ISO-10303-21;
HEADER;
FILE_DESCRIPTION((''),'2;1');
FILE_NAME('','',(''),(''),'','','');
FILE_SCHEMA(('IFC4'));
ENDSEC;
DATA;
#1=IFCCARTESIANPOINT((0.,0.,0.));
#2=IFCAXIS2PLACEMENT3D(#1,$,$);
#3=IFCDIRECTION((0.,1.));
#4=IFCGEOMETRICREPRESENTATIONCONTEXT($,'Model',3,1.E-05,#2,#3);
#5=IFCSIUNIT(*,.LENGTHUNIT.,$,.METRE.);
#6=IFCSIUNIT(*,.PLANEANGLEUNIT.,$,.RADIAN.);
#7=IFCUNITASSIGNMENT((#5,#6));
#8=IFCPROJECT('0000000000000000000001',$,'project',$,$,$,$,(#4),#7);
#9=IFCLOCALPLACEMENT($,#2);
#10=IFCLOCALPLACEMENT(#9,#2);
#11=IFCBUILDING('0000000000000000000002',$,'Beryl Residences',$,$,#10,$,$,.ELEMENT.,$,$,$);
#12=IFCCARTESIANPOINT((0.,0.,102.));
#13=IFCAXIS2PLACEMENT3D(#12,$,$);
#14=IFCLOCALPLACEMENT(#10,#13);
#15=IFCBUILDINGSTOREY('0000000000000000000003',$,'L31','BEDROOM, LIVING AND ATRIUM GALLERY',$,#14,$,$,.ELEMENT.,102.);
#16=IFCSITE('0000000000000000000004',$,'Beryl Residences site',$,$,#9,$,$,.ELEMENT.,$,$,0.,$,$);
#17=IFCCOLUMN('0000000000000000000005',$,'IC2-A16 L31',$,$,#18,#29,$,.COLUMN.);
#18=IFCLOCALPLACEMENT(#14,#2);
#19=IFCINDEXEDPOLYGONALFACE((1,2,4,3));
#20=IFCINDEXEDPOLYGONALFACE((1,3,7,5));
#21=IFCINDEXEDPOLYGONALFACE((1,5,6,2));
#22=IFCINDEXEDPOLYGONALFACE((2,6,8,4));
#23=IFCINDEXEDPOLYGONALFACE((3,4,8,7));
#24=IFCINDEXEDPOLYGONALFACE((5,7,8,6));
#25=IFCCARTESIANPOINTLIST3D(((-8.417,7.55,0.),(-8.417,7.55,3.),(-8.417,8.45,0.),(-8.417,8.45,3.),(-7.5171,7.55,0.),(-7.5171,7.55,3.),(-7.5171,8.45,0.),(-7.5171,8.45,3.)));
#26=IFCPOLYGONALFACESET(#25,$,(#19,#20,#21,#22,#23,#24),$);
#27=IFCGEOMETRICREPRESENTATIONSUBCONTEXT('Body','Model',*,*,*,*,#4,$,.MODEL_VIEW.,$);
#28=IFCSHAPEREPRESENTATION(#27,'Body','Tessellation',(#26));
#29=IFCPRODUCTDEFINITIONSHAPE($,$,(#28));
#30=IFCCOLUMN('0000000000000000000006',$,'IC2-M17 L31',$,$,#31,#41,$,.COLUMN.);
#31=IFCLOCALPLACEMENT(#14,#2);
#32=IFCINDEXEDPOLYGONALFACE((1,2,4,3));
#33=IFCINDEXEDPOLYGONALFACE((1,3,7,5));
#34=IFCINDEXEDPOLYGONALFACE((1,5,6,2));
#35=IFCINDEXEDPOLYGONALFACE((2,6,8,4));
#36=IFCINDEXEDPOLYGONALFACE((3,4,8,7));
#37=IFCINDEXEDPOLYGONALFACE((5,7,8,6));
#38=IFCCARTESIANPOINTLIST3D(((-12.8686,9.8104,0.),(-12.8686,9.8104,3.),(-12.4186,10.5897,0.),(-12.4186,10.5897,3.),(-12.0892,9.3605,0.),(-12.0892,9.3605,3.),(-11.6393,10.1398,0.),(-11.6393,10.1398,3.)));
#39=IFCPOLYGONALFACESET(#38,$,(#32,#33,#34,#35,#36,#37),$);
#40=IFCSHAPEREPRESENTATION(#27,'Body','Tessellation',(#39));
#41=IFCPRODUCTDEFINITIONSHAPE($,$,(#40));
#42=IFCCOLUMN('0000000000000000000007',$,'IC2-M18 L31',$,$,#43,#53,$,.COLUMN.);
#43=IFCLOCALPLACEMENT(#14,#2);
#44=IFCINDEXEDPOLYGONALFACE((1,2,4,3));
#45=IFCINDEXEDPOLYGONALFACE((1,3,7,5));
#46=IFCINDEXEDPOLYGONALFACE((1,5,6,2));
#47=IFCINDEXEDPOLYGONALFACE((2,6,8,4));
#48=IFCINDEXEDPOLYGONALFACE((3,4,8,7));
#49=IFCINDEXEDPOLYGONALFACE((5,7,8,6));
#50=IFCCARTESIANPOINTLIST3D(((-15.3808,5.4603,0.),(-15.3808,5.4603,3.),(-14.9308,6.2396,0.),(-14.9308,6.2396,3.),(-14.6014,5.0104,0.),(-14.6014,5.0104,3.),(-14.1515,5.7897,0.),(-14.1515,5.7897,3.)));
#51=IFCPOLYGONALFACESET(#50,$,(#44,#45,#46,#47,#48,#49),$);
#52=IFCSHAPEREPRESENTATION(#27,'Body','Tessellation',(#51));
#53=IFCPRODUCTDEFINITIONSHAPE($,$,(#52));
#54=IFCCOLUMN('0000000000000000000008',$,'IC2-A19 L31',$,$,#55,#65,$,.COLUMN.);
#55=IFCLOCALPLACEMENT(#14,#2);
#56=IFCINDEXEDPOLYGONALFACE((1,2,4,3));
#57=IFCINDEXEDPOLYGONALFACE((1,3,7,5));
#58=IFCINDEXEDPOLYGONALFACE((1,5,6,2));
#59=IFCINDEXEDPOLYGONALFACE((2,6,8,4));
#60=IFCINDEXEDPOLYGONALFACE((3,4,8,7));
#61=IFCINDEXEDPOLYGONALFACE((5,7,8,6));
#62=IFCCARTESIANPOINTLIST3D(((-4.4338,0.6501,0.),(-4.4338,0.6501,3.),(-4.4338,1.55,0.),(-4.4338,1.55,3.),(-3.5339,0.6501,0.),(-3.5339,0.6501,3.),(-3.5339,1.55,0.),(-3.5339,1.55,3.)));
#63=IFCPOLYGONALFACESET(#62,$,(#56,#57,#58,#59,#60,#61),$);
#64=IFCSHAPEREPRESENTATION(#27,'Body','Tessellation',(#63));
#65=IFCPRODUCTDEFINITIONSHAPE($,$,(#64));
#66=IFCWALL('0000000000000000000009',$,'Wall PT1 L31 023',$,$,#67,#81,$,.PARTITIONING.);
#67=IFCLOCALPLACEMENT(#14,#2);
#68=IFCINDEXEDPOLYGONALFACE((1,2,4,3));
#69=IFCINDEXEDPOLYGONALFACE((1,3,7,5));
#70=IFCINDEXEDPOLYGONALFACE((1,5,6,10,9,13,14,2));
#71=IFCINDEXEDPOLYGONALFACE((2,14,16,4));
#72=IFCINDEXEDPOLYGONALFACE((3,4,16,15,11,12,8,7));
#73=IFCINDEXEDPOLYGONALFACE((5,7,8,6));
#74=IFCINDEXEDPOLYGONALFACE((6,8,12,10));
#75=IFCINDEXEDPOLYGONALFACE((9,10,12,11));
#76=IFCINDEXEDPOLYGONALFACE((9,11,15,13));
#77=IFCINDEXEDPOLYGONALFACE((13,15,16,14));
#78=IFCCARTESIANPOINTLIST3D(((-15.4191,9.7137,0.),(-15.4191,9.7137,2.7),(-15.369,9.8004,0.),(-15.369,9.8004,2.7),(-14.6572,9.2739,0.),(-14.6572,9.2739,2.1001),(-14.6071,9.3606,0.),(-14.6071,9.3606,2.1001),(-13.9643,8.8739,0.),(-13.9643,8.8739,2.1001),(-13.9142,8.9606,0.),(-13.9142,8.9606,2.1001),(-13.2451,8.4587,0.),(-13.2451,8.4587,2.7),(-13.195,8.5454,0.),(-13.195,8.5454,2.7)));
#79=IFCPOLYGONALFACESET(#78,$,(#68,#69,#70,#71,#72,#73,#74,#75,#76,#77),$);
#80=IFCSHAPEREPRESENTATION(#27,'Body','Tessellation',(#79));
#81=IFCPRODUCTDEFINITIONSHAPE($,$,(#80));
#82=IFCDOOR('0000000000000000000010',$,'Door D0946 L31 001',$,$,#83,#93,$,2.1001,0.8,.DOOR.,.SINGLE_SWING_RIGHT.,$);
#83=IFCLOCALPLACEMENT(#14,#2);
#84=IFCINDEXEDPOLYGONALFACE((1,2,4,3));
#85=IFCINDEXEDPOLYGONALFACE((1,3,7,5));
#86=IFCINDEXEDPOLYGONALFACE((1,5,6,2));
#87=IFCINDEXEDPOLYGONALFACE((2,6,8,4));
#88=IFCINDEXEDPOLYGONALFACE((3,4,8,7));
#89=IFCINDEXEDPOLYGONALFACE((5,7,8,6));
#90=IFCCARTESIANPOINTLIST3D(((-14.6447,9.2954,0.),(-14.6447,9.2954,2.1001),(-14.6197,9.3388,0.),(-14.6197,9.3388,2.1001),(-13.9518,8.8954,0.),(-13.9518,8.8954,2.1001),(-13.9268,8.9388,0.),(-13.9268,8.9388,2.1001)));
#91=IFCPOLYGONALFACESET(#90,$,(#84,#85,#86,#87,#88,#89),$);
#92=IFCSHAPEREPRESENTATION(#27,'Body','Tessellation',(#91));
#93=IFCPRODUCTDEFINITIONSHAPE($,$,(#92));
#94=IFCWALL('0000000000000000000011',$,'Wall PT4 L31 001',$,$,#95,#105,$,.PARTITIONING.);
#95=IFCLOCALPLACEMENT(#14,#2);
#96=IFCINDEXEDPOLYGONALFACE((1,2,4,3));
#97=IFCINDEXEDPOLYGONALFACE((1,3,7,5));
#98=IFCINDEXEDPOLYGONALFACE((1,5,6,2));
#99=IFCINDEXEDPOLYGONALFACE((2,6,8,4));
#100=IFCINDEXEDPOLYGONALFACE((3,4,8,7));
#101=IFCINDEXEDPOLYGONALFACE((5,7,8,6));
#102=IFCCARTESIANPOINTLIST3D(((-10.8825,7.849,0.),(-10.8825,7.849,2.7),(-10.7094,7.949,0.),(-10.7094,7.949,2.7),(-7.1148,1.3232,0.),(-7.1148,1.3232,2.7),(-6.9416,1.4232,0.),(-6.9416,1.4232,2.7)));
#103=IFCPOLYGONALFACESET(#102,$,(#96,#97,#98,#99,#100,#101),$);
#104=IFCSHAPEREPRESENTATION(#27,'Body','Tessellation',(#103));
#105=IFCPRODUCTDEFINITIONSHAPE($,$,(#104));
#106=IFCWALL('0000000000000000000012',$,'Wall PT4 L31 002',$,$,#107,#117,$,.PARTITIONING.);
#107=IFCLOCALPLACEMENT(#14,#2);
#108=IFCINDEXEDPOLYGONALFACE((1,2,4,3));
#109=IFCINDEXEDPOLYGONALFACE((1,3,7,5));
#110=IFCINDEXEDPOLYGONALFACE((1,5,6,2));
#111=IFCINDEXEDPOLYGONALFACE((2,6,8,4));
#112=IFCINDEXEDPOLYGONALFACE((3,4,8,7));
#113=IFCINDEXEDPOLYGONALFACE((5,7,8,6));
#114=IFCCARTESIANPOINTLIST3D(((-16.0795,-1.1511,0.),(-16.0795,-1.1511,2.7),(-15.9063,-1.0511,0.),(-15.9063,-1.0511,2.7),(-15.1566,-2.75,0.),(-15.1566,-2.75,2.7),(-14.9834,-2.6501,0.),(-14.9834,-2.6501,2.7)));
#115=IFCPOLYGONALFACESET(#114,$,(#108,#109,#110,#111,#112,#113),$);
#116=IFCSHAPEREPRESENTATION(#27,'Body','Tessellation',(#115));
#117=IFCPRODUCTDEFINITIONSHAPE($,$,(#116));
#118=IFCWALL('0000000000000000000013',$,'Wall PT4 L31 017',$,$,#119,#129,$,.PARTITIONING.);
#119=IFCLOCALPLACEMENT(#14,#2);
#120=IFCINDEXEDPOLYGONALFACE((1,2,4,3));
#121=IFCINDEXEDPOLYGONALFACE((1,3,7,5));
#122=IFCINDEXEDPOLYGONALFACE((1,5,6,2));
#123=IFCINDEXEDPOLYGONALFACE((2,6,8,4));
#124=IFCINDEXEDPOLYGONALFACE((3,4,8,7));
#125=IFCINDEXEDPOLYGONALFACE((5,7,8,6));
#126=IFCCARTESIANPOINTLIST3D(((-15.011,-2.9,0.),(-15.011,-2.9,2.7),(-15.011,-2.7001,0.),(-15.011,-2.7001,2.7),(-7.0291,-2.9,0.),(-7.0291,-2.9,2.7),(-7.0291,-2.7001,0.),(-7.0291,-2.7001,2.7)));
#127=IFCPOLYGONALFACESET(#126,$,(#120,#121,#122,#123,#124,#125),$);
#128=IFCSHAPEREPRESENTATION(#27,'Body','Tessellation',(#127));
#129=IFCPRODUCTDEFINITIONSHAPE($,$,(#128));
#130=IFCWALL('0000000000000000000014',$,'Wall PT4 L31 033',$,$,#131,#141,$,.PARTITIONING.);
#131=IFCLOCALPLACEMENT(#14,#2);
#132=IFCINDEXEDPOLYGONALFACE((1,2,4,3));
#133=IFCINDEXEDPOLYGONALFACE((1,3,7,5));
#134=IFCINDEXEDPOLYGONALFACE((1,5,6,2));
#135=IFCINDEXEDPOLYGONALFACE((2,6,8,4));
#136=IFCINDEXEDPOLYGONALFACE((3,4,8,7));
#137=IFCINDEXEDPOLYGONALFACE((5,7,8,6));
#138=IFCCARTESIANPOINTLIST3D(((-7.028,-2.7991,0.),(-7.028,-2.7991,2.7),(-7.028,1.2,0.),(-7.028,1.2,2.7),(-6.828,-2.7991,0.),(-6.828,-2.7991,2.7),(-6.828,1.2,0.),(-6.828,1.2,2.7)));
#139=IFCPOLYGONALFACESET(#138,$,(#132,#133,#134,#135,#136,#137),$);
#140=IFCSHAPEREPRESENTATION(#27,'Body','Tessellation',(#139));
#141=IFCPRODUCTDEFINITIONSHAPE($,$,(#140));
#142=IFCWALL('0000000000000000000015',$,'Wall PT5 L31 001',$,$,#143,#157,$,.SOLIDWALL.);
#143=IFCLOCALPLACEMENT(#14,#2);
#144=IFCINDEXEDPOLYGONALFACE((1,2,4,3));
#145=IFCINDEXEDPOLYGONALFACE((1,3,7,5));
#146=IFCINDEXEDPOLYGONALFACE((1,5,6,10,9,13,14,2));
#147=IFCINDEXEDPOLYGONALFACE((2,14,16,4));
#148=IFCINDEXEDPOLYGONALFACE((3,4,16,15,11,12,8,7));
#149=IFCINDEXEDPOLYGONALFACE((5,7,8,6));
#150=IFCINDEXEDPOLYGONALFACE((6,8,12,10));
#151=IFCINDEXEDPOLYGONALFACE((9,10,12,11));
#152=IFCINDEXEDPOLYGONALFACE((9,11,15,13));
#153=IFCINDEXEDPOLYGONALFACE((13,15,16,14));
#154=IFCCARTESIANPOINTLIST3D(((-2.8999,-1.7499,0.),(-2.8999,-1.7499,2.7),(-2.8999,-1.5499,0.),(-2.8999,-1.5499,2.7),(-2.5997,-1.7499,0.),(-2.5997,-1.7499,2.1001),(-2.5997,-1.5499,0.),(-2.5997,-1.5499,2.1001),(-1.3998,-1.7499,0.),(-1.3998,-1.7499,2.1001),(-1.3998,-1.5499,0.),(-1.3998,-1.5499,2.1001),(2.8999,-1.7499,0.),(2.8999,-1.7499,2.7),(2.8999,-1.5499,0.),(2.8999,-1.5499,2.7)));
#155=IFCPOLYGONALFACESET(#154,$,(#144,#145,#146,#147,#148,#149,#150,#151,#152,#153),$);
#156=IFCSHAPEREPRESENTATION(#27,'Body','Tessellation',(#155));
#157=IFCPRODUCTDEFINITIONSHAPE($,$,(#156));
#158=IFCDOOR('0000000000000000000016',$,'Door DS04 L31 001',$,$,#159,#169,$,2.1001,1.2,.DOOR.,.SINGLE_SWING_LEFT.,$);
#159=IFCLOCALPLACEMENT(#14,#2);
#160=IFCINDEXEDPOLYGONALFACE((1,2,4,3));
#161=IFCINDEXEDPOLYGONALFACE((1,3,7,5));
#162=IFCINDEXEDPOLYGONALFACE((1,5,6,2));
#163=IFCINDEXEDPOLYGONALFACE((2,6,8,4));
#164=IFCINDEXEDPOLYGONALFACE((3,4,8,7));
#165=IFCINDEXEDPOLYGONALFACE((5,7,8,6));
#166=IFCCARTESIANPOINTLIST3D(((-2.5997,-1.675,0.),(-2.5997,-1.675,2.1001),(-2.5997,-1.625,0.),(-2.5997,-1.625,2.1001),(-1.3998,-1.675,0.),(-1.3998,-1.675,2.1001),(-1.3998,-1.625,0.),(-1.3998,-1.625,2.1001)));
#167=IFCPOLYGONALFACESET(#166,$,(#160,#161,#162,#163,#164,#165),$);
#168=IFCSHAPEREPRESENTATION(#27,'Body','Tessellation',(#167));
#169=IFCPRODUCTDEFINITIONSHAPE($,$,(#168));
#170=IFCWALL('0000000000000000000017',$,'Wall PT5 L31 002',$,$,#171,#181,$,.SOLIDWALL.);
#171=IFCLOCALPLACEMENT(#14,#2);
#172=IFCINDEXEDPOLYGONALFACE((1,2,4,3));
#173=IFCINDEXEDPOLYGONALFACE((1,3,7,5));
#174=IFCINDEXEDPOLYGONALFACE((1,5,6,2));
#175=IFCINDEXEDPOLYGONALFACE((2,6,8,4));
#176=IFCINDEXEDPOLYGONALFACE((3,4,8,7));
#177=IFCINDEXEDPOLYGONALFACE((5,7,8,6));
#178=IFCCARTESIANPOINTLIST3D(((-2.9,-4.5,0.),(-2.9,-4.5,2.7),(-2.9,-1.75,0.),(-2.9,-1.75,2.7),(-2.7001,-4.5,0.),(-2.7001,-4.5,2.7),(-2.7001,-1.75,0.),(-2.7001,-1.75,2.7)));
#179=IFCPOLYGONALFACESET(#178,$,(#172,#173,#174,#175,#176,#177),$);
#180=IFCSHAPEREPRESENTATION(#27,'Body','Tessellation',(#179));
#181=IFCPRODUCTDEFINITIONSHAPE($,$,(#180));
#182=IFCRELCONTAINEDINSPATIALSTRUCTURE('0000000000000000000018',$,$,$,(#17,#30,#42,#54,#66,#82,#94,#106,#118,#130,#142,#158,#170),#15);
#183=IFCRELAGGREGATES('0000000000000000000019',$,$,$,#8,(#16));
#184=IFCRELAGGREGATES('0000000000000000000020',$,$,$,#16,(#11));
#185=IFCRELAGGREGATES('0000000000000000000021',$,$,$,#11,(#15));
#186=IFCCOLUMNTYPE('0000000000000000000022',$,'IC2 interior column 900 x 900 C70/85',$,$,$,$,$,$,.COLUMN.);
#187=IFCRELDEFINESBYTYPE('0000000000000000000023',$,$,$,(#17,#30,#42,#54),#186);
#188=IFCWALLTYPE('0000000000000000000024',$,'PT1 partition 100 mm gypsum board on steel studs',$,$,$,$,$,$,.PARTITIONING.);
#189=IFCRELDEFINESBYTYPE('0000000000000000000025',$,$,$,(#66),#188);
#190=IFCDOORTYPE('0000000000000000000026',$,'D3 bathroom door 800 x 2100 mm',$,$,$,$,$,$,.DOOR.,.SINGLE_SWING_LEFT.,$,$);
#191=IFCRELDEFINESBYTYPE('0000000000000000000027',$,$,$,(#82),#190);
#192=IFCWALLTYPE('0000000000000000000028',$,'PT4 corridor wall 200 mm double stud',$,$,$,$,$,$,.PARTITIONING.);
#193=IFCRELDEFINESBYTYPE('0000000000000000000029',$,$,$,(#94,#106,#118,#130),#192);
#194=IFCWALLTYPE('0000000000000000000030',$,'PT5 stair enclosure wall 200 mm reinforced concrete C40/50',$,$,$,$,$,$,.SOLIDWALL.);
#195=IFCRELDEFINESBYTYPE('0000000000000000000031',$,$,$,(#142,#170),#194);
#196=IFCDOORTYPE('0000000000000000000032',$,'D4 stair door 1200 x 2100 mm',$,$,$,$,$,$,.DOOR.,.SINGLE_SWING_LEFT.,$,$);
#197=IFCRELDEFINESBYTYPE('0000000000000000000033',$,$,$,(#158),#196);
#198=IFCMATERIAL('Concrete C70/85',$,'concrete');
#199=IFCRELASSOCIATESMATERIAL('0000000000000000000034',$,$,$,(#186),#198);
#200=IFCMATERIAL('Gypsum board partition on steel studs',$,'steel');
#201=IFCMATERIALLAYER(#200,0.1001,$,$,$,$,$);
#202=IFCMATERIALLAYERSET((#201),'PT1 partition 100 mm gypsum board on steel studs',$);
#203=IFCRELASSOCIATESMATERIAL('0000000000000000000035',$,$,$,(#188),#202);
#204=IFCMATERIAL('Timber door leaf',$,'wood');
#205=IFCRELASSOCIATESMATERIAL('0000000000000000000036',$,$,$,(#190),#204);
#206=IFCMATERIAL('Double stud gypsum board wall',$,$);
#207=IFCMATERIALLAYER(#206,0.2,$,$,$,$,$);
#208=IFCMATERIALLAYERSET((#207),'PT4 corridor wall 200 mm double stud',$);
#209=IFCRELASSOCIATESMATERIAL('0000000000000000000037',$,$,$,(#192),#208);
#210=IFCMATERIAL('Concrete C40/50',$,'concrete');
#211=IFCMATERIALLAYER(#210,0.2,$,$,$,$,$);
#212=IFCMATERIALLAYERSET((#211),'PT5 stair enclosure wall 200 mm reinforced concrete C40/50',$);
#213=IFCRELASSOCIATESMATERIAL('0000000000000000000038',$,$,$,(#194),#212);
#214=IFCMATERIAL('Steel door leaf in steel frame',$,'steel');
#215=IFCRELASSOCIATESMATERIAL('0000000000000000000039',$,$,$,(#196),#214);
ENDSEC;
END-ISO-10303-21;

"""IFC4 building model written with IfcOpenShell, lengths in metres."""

from ifc_helpers import new_model, si_unit, direction, frame, frame_2d, origin, origin_2d, place, context, subcontext, project, spatial, rectangle, extrude, material, layer, layer_set, material_profile, profile_set, type_object, element, fill, save


model = new_model("IFC4")

# Units and contexts
model_context = context("Model", 3, precision=1e-05, world=origin(), true_north=direction((0.0, 1.0)))
body_context = subcontext(model_context, "Body", "Model", "MODEL_VIEW")
ifc_project = project(units=[si_unit("LENGTHUNIT", "METRE"), si_unit("PLANEANGLEUNIT", "RADIAN")], contexts=[model_context])

# Site, building, storey
site_placement = place(None, origin())
site = spatial("IfcSite", under=ifc_project, at=site_placement, Name="Beryl Residences site", CompositionType="ELEMENT", RefElevation=0.0)
building_placement = place(site_placement, origin())
building = spatial("IfcBuilding", under=site, at=building_placement, Name="Beryl Residences", CompositionType="ELEMENT")
storey_placement = place(building_placement, frame((0.0, 0.0, 102.0)))
storey = spatial("IfcBuildingStorey", under=building, at=storey_placement, Name="L31", Description="BEDROOM, LIVING AND ATRIUM GALLERY", CompositionType="ELEMENT", Elevation=102.0)

# Columns
ifc_material_1 = material(Name="Concrete C70/85", Category="concrete")
ifc_material_profile = material_profile(ifc_material_1, rectangle(XDim=0.8999, YDim=0.8999, at=origin_2d()))
ifc_profile_set = profile_set([ifc_material_profile], Name="Concrete C70/85")
column_type = type_object("IfcColumnType", Name="IC2 interior column 900 x 900 C70/85", PredefinedType="COLUMN", material=ifc_profile_set)
for number, where, z_axis, x_axis, name in (
    (1, (-7.967, 8.0, 0.0), (0.0, 0.0, 1.0), (1.0, 0.0, 0.0), "IC2-A16 L31"),
    (2, (-12.2539, 9.9751, 0.0), (0.0, 0.0, 1.0), (-0.5, -0.866025, 0.0), "IC2-M17 L31"),
    (3, (-14.7661, 5.625, 0.0), (0.0, 0.0, 1.0), (-0.5, -0.866025, 0.0), "IC2-M18 L31"),
    (4, (-3.9839, 1.1001, 0.0), (0.0, 0.0, 1.0), (1.0, 0.0, 0.0), "IC2-A19 L31"),
):
    element("IfcColumn", number, at=place(storey_placement, frame(where, z_axis=z_axis, x_axis=x_axis)), inside=storey, type_object=column_type, Name=name, PredefinedType="COLUMN", context=body_context, shape_type="SweptSolid", body=[
        extrude(rectangle(XDim=0.8999, YDim=0.8999, at=origin_2d()), origin(), (0.0, 0.0, 1.0), 3.0),
    ])

# Wall, opening, door
ifc_material_2 = material(Name="Gypsum board partition on steel studs", Category="steel")
ifc_layer_1 = layer(ifc_material_2, 0.1001)
ifc_layer_set_1 = layer_set([ifc_layer_1], Name="PT1 partition 100 mm gypsum board on steel studs")
wall_type_1 = type_object("IfcWallType", Name="PT1 partition 100 mm gypsum board on steel studs", PredefinedType="PARTITIONING", material=ifc_layer_set_1)
wall_1_placement = place(storey_placement, frame((-15.394, 9.7571, 0.0), z_axis=(0.0, 0.0, 1.0), x_axis=(0.866038, -0.499978, 0.0)))
wall_1 = element("IfcWall", 5, at=wall_1_placement, inside=storey, type_object=wall_type_1, Name="Wall PT1 L31 023", PredefinedType="PARTITIONING", context=body_context, shape_type="SweptSolid", body=[
    extrude(rectangle(XDim=2.5103, YDim=0.1001, at=frame_2d((1.2551, 0.0))), origin(), (0.0, 0.0, 1.0), 2.7),
])
opening_1_placement = place(wall_1_placement, frame((0.8799, 0.0, 0.0)))
opening_1 = element("IfcOpeningElement", 6, at=opening_1_placement, cuts=wall_1, PredefinedType="OPENING", context=body_context, shape_type="SweptSolid", body=[
    extrude(rectangle(XDim=0.8, YDim=2.1001, at=frame_2d((0.3999, 1.05))), frame((0.0, 0.0601, 0.0), z_axis=(0.0, -1.0, 0.0), x_axis=(1.0, 0.0, 0.0)), (0.0, 0.0, 1.0), 0.1201),
])
ifc_material_3 = material(Name="Timber door leaf", Category="wood")
door_type_1 = type_object("IfcDoorType", Name="D3 bathroom door 800 x 2100 mm", OperationType="SINGLE_SWING_LEFT", PredefinedType="DOOR", material=ifc_material_3)
door_1_placement = place(opening_1_placement, origin())
door_1 = element("IfcDoor", 7, at=door_1_placement, inside=storey, type_object=door_type_1, Name="Door D0946 L31 001", OperationType="SINGLE_SWING_RIGHT", OverallHeight=2.1001, OverallWidth=0.8, PredefinedType="DOOR", context=body_context, shape_type="SweptSolid", body=[
    extrude(rectangle(XDim=0.8, YDim=2.1001, at=frame_2d((0.3999, 1.05))), frame((0.0, 0.0249, 0.0), z_axis=(0.0, -1.0, 0.0), x_axis=(1.0, 0.0, 0.0)), (0.0, 0.0, 1.0), 0.05),
])
fill(opening_1, door_1)

# Walls
ifc_material_4 = material(Name="Double stud gypsum board wall")
ifc_layer_2 = layer(ifc_material_4, 0.2)
ifc_layer_set_2 = layer_set([ifc_layer_2], Name="PT4 corridor wall 200 mm double stud")
wall_type_2 = type_object("IfcWallType", Name="PT4 corridor wall 200 mm double stud", PredefinedType="PARTITIONING", material=ifc_layer_set_2)
wall_2_placement = place(storey_placement, frame((-10.7959, 7.8989, 0.0), z_axis=(0.0, 0.0, 1.0), x_axis=(0.50001, -0.866019, 0.0)))
element("IfcWall", 8, at=wall_2_placement, inside=storey, type_object=wall_type_2, Name="Wall PT4 L31 001", PredefinedType="PARTITIONING", context=body_context, shape_type="SweptSolid", body=[
    extrude(rectangle(XDim=7.5354, YDim=0.2, at=frame_2d((3.7676, 0.0))), origin(), (0.0, 0.0, 1.0), 2.7),
])
wall_3_placement = place(storey_placement, frame((-15.9929, -1.1011, 0.0), z_axis=(0.0, 0.0, 1.0), x_axis=(0.499894, -0.866086, 0.0)))
element("IfcWall", 9, at=wall_3_placement, inside=storey, type_object=wall_type_2, Name="Wall PT4 L31 002", PredefinedType="PARTITIONING", context=body_context, shape_type="SweptSolid", body=[
    extrude(rectangle(XDim=1.8462, YDim=0.2, at=frame_2d((0.9231, 0.0))), origin(), (0.0, 0.0, 1.0), 2.7),
])
wall_4_placement = place(storey_placement, frame((-15.011, -2.8, 0.0), z_axis=(0.0, 0.0, 1.0), x_axis=(1.0, 0.0, 0.0)))
element("IfcWall", 10, at=wall_4_placement, inside=storey, type_object=wall_type_2, Name="Wall PT4 L31 017", PredefinedType="PARTITIONING", context=body_context, shape_type="SweptSolid", body=[
    extrude(rectangle(XDim=7.9819, YDim=0.2, at=frame_2d((3.991, 0.0))), origin(), (0.0, 0.0, 1.0), 2.7),
])
wall_5_placement = place(storey_placement, frame((-6.928, -2.7991, 0.0), z_axis=(0.0, 0.0, 1.0), x_axis=(0.0, 1.0, 0.0)))
element("IfcWall", 11, at=wall_5_placement, inside=storey, type_object=wall_type_2, Name="Wall PT4 L31 033", PredefinedType="PARTITIONING", context=body_context, shape_type="SweptSolid", body=[
    extrude(rectangle(XDim=3.999, YDim=0.2, at=frame_2d((1.9995, 0.0))), origin(), (0.0, 0.0, 1.0), 2.7),
])

# Wall, opening, door
ifc_material_5 = material(Name="Concrete C40/50", Category="concrete")
ifc_layer_3 = layer(ifc_material_5, 0.2)
ifc_layer_set_3 = layer_set([ifc_layer_3], Name="PT5 stair enclosure wall 200 mm reinforced concrete C40/50")
wall_type_3 = type_object("IfcWallType", Name="PT5 stair enclosure wall 200 mm reinforced concrete C40/50", PredefinedType="SOLIDWALL", material=ifc_layer_set_3)
wall_6_placement = place(storey_placement, frame((-2.8999, -1.6499, 0.0), z_axis=(0.0, 0.0, 1.0), x_axis=(1.0, 0.0, 0.0)))
wall_6 = element("IfcWall", 12, at=wall_6_placement, inside=storey, type_object=wall_type_3, Name="Wall PT5 L31 001", PredefinedType="SOLIDWALL", context=body_context, shape_type="SweptSolid", body=[
    extrude(rectangle(XDim=5.7998, YDim=0.2, at=frame_2d((2.8999, 0.0))), origin(), (0.0, 0.0, 1.0), 2.7),
])
opening_2_placement = place(wall_6_placement, frame((0.3, 0.0, 0.0)))
opening_2 = element("IfcOpeningElement", 13, at=opening_2_placement, cuts=wall_6, PredefinedType="OPENING", context=body_context, shape_type="SweptSolid", body=[
    extrude(rectangle(XDim=1.2, YDim=2.1001, at=frame_2d((0.6001, 1.05))), frame((0.0, 0.1099, 0.0), z_axis=(0.0, -1.0, 0.0), x_axis=(1.0, 0.0, 0.0)), (0.0, 0.0, 1.0), 0.22),
])
ifc_material_6 = material(Name="Steel door leaf in steel frame", Category="steel")
door_type_2 = type_object("IfcDoorType", Name="D4 stair door 1200 x 2100 mm", OperationType="SINGLE_SWING_LEFT", PredefinedType="DOOR", material=ifc_material_6)
door_2_placement = place(opening_2_placement, origin())
door_2 = element("IfcDoor", 14, at=door_2_placement, inside=storey, type_object=door_type_2, Name="Door DS04 L31 001", OperationType="SINGLE_SWING_LEFT", OverallHeight=2.1001, OverallWidth=1.2, PredefinedType="DOOR", context=body_context, shape_type="SweptSolid", body=[
    extrude(rectangle(XDim=1.2, YDim=2.1001, at=frame_2d((0.6001, 1.05))), frame((0.0, 0.0249, 0.0), z_axis=(0.0, -1.0, 0.0), x_axis=(1.0, 0.0, 0.0)), (0.0, 0.0, 1.0), 0.05),
])
fill(opening_2, door_2)

# Wall
wall_7_placement = place(storey_placement, frame((-2.8, -4.5, 0.0), z_axis=(0.0, 0.0, 1.0), x_axis=(0.0, 1.0, 0.0)))
element("IfcWall", 15, at=wall_7_placement, inside=storey, type_object=wall_type_3, Name="Wall PT5 L31 002", PredefinedType="SOLIDWALL", context=body_context, shape_type="SweptSolid", body=[
    extrude(rectangle(XDim=2.75, YDim=0.2, at=frame_2d((1.375, 0.0))), origin(), (0.0, 0.0, 1.0), 2.7),
])

save(model, "model.ifc")
